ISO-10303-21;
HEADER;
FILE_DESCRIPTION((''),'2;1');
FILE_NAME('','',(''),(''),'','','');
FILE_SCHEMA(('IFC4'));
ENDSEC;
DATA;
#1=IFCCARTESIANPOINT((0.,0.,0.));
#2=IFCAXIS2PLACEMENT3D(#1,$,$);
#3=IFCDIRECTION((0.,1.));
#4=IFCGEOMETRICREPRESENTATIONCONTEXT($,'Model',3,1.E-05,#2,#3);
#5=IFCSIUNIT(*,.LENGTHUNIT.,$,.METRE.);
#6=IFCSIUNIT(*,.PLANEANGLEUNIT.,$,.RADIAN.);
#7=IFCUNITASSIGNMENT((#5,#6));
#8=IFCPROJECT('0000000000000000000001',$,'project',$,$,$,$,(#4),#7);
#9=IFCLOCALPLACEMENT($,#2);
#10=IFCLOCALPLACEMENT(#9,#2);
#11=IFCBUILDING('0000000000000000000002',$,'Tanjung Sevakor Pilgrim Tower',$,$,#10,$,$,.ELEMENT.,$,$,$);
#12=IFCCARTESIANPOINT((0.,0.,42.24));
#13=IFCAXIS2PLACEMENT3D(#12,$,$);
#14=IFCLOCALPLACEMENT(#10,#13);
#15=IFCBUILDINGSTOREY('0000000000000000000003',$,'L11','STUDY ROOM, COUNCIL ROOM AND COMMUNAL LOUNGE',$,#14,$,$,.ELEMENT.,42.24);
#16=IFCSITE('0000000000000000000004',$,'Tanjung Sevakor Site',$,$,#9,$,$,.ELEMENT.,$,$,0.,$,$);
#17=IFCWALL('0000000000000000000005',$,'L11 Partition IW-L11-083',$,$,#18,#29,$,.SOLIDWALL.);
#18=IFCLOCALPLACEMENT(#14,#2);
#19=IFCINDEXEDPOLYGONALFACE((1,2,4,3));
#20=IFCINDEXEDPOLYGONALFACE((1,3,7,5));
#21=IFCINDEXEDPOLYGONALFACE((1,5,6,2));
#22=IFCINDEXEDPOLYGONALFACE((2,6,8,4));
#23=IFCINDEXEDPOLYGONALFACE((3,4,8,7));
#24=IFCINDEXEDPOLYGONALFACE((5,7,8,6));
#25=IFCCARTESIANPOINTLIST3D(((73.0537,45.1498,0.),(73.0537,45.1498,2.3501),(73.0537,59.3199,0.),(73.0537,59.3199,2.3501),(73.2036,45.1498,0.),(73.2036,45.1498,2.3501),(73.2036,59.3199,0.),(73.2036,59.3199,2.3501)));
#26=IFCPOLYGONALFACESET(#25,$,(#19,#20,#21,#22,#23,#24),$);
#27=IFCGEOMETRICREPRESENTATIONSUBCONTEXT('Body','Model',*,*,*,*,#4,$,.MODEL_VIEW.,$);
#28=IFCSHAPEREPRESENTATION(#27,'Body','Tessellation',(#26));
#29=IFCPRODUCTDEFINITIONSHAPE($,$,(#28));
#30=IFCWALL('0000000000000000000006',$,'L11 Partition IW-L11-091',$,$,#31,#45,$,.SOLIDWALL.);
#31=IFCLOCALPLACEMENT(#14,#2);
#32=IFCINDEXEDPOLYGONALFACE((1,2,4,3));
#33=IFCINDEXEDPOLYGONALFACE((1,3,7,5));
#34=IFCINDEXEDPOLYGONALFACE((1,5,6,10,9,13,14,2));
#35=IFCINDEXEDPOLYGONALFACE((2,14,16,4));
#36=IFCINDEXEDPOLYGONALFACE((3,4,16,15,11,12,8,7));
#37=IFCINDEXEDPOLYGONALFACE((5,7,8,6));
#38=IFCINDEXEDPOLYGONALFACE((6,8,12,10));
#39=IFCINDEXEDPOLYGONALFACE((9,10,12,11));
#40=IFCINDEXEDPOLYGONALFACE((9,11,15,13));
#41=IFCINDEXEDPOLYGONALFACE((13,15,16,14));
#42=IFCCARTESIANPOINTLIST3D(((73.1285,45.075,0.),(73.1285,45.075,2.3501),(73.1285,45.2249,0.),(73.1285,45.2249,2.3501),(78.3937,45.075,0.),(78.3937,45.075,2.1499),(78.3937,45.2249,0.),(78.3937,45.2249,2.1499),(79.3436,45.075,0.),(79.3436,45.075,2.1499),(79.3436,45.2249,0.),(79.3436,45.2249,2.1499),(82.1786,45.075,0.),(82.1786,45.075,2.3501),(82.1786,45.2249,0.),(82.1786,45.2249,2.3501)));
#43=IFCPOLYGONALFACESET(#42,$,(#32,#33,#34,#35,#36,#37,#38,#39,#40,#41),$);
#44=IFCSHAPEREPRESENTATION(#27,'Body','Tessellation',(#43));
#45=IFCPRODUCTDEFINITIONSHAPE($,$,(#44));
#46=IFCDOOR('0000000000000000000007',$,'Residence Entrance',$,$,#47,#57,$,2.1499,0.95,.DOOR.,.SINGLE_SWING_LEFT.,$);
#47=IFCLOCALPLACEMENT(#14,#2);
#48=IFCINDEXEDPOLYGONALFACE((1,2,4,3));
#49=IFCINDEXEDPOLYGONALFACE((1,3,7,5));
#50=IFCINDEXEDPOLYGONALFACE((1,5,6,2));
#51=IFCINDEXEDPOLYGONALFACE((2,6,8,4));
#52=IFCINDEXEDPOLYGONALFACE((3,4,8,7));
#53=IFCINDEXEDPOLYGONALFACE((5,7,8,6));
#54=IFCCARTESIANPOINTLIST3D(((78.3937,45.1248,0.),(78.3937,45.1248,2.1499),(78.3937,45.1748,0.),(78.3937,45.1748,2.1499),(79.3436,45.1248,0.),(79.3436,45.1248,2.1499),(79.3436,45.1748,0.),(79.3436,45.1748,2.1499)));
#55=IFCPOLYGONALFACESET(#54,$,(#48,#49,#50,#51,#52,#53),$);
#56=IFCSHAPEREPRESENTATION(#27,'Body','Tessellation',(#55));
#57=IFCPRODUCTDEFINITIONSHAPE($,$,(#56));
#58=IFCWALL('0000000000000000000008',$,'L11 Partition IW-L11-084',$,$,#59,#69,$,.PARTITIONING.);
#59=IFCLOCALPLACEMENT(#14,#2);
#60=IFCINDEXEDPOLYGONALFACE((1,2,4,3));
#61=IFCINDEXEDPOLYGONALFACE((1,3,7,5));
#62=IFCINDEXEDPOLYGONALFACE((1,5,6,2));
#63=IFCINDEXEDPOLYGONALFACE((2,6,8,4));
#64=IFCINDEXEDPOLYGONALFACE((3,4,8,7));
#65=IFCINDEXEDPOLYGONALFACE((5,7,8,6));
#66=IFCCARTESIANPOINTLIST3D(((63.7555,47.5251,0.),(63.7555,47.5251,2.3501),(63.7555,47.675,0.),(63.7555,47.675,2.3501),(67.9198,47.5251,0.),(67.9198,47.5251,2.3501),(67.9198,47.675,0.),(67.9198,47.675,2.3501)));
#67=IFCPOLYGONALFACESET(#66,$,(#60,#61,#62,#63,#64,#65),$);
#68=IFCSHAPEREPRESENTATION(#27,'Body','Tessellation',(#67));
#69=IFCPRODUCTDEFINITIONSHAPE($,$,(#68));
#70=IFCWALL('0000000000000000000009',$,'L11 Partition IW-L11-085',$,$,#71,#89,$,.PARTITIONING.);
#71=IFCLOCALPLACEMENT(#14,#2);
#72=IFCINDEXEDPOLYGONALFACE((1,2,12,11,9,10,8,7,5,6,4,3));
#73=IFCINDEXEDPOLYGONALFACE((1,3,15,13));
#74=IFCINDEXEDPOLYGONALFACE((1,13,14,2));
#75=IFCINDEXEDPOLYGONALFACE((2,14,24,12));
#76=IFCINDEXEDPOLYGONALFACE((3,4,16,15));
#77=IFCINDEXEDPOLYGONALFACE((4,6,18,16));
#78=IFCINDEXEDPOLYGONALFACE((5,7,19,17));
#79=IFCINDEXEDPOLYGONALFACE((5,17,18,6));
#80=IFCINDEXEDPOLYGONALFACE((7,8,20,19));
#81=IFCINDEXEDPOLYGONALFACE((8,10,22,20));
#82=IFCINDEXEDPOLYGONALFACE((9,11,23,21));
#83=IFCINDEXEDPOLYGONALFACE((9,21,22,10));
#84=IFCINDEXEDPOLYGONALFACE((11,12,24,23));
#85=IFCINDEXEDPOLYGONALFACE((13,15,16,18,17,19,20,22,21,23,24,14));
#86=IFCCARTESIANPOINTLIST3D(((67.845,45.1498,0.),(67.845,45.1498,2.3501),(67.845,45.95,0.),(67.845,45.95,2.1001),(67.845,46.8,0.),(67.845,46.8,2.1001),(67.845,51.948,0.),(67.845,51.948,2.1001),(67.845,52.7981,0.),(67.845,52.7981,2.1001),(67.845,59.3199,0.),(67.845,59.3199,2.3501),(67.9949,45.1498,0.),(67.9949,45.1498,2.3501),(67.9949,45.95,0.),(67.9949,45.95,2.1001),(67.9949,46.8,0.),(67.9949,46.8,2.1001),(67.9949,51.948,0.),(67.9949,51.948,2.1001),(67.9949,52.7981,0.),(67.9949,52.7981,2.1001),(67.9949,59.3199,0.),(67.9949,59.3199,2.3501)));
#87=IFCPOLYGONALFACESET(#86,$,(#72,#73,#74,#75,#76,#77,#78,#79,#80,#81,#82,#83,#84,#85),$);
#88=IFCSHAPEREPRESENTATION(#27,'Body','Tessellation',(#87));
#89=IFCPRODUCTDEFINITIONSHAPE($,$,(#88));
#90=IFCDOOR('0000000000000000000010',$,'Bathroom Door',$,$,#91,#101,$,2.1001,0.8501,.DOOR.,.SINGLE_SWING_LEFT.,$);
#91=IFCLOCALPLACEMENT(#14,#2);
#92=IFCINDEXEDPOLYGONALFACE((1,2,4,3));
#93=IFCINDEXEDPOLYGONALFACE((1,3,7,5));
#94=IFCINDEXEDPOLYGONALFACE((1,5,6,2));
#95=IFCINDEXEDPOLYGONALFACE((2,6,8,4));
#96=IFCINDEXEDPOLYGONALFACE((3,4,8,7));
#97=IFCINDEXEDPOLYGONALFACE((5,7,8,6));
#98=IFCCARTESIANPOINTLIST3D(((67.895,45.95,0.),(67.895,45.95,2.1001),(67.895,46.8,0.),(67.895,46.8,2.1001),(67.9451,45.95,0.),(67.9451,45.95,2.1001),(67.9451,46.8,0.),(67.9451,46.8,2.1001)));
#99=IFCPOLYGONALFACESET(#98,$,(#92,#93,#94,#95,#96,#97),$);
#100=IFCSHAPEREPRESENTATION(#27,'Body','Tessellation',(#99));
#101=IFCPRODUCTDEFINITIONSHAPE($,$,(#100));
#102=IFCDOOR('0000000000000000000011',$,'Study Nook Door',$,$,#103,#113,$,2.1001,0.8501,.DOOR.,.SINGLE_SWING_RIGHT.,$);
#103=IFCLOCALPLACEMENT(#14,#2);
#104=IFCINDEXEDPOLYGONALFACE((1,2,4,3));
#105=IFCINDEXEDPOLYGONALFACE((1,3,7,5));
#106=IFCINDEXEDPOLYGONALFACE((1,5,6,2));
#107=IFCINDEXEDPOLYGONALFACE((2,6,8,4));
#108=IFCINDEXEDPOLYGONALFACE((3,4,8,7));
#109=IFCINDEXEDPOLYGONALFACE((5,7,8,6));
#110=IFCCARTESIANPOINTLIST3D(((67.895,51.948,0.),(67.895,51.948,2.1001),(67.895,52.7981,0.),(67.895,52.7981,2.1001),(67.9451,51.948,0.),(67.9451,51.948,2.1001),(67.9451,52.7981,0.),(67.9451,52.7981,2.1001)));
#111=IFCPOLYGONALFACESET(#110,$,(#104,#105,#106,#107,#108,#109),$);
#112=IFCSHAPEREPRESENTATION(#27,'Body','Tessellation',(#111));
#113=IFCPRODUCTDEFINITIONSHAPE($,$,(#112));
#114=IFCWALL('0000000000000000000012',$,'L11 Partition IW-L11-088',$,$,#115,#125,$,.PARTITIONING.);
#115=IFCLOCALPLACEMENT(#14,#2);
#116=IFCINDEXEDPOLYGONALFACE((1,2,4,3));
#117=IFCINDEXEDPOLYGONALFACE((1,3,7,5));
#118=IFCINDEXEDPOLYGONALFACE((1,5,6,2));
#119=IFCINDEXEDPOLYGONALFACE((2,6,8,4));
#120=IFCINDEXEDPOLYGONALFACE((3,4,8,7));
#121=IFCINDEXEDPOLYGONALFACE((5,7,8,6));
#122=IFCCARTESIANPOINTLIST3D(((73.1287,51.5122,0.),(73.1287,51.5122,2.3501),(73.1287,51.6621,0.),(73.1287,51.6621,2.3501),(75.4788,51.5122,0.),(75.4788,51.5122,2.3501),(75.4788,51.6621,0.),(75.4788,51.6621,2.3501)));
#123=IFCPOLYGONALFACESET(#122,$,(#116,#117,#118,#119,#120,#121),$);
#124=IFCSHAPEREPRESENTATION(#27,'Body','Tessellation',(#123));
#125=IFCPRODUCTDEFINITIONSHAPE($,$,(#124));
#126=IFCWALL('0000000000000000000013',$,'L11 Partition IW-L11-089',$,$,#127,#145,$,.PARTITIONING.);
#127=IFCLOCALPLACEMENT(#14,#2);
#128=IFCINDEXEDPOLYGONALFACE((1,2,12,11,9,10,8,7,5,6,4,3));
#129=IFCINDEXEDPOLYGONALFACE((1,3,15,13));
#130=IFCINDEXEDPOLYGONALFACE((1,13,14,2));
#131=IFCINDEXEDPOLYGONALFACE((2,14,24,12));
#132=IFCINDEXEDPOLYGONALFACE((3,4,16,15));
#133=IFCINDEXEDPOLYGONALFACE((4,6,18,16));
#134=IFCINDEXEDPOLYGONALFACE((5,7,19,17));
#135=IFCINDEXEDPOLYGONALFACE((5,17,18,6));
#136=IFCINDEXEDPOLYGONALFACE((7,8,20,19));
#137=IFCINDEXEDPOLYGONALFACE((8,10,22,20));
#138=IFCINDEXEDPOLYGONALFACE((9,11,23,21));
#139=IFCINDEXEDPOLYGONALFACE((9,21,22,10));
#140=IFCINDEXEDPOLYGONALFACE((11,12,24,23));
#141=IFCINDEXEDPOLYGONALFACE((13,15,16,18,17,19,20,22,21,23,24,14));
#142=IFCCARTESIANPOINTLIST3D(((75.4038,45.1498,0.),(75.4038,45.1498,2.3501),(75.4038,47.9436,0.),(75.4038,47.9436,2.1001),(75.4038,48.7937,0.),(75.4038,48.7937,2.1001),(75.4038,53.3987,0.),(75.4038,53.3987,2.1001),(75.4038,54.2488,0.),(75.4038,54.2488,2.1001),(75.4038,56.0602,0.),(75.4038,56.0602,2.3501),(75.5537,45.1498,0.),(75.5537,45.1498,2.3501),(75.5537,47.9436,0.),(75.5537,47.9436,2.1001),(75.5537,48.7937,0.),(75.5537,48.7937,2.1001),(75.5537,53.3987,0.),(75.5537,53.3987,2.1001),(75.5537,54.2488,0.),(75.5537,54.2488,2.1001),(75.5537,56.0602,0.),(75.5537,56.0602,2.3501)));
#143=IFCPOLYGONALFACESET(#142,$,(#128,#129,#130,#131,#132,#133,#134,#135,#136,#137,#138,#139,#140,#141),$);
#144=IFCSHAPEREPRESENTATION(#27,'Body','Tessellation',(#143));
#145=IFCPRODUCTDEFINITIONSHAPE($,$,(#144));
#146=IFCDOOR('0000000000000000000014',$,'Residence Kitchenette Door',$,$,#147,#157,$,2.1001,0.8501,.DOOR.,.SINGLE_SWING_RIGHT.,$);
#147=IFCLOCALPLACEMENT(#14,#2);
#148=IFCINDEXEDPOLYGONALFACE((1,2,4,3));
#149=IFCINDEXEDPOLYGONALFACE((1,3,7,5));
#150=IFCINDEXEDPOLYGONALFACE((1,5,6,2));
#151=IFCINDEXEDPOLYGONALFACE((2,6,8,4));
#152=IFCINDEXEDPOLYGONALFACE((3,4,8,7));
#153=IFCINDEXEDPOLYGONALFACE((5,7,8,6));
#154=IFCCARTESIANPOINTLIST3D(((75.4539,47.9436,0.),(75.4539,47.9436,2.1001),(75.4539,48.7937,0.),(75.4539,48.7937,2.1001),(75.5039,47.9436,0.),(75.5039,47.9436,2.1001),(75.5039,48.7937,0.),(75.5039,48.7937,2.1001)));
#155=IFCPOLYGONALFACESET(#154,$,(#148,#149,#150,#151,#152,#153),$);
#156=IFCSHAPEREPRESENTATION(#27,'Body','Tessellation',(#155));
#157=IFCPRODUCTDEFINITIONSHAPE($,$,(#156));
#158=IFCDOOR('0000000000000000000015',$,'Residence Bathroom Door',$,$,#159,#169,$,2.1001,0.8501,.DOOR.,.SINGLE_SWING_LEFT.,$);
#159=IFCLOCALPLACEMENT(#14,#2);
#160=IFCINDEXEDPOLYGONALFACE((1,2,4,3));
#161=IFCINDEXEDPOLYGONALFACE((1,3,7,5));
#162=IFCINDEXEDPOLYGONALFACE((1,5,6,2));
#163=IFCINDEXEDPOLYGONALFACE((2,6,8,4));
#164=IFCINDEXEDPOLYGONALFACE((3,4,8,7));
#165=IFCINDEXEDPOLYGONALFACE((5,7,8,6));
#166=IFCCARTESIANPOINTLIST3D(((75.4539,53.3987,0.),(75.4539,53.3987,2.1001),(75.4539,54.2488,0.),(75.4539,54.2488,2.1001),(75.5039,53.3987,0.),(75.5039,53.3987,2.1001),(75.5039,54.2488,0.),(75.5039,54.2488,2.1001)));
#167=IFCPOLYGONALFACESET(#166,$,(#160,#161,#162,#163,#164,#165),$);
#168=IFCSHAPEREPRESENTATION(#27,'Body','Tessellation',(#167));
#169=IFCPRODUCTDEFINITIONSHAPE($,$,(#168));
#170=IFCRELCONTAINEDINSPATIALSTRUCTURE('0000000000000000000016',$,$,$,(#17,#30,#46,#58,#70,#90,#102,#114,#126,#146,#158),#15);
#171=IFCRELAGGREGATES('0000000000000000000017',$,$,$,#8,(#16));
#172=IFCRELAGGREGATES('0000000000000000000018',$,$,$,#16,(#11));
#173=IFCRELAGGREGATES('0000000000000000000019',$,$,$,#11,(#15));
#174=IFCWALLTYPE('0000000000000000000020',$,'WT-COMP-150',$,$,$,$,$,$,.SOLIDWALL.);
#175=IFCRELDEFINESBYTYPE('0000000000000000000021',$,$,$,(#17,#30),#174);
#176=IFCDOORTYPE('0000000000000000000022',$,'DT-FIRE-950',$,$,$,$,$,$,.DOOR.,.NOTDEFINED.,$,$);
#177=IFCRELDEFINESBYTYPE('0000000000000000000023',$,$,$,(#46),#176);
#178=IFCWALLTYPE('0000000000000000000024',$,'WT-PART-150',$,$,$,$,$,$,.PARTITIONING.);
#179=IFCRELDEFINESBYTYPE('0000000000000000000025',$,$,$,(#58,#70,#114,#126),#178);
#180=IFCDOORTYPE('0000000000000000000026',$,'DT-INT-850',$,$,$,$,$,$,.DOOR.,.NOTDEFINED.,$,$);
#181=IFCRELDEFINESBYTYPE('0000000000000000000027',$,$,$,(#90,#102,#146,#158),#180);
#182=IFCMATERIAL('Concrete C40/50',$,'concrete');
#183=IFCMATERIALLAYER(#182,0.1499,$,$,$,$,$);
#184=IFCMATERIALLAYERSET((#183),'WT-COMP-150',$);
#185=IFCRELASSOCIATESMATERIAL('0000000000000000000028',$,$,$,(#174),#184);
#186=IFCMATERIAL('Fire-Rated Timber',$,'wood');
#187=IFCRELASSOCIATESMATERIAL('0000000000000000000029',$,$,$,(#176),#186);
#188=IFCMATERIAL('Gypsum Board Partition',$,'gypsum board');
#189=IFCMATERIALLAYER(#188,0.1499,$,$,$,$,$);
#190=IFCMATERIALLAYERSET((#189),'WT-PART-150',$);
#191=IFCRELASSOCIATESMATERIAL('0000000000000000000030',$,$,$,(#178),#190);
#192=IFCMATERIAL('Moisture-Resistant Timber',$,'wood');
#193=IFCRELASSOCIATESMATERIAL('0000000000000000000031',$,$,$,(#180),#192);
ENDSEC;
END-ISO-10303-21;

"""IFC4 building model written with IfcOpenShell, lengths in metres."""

from ifc_helpers import new_model, si_unit, direction, frame, frame_2d, origin, place, context, subcontext, project, spatial, rectangle, extrude, material, layer, layer_set, type_object, element, fill, save


model = new_model("IFC4")

# Units and contexts
model_context = context("Model", 3, precision=1e-05, world=origin(), true_north=direction((0.0, 1.0)))
body_context = subcontext(model_context, "Body", "Model", "MODEL_VIEW")
ifc_project = project(units=[si_unit("LENGTHUNIT", "METRE"), si_unit("PLANEANGLEUNIT", "RADIAN")], contexts=[model_context])

# Site, building, storey
site_placement = place(None, origin())
site = spatial("IfcSite", under=ifc_project, at=site_placement, Name="Tanjung Sevakor Site", CompositionType="ELEMENT", RefElevation=0.0)
building_placement = place(site_placement, origin())
building = spatial("IfcBuilding", under=site, at=building_placement, Name="Tanjung Sevakor Pilgrim Tower", CompositionType="ELEMENT")
storey_placement = place(building_placement, frame((0.0, 0.0, 42.24)))
storey = spatial("IfcBuildingStorey", under=building, at=storey_placement, Name="L11", Description="STUDY ROOM, COUNCIL ROOM AND COMMUNAL LOUNGE", CompositionType="ELEMENT", Elevation=42.24)

# Wall
ifc_material_1 = material(Name="Concrete C40/50", Category="concrete")
ifc_layer_1 = layer(ifc_material_1, 0.1499)
ifc_layer_set_1 = layer_set([ifc_layer_1], Name="WT-COMP-150")
wall_type_1 = type_object("IfcWallType", Name="WT-COMP-150", PredefinedType="SOLIDWALL", material=ifc_layer_set_1)
wall_1_placement = place(storey_placement, frame((73.1287, 45.1499, 0.0), z_axis=(0.0, 0.0, 1.0), x_axis=(0.0, 1.0, 0.0)))
element("IfcWall", 1, at=wall_1_placement, inside=storey, type_object=wall_type_1, Name="L11 Partition IW-L11-083", PredefinedType="SOLIDWALL", context=body_context, shape_type="SweptSolid", body=[
    extrude(rectangle(XDim=14.1702, YDim=0.1499, at=frame_2d((7.085, 0.0))), origin(), (0.0, 0.0, 1.0), 2.3501),
])

# Wall, opening, door
wall_2_placement = place(storey_placement, frame((73.1287, 45.1499, 0.0), z_axis=(0.0, 0.0, 1.0), x_axis=(1.0, 0.0, 0.0)))
wall_2 = element("IfcWall", 2, at=wall_2_placement, inside=storey, type_object=wall_type_1, Name="L11 Partition IW-L11-091", PredefinedType="SOLIDWALL", context=body_context, shape_type="SweptSolid", body=[
    extrude(rectangle(XDim=9.05, YDim=0.1499, at=frame_2d((4.5249, 0.0))), origin(), (0.0, 0.0, 1.0), 2.3501),
])
opening_1_placement = place(wall_2_placement, frame((5.2649, 0.0, 0.0)))
opening_1 = element("IfcOpeningElement", 3, at=opening_1_placement, cuts=wall_2, PredefinedType="OPENING", context=body_context, shape_type="SweptSolid", body=[
    extrude(rectangle(XDim=0.95, YDim=2.1499, at=frame_2d((0.4751, 1.075))), frame((0.0, 0.085, 0.0), z_axis=(0.0, -1.0, 0.0), x_axis=(1.0, 0.0, 0.0)), (0.0, 0.0, 1.0), 0.1699),
])
ifc_material_2 = material(Name="Fire-Rated Timber", Category="wood")
door_type_1 = type_object("IfcDoorType", Name="DT-FIRE-950", OperationType="NOTDEFINED", PredefinedType="DOOR", material=ifc_material_2)
door_1_placement = place(opening_1_placement, origin())
door_1 = element("IfcDoor", 4, at=door_1_placement, inside=storey, type_object=door_type_1, Name="Residence Entrance", OperationType="SINGLE_SWING_LEFT", OverallHeight=2.1499, OverallWidth=0.95, PredefinedType="DOOR", context=body_context, shape_type="SweptSolid", body=[
    extrude(rectangle(XDim=0.95, YDim=2.1499, at=frame_2d((0.4751, 1.075))), frame((0.0, 0.0249, 0.0), z_axis=(0.0, -1.0, 0.0), x_axis=(1.0, 0.0, 0.0)), (0.0, 0.0, 1.0), 0.05),
])
fill(opening_1, door_1)

# Wall
ifc_material_3 = material(Name="Gypsum Board Partition", Category="gypsum board")
ifc_layer_2 = layer(ifc_material_3, 0.1499)
ifc_layer_set_2 = layer_set([ifc_layer_2], Name="WT-PART-150")
wall_type_2 = type_object("IfcWallType", Name="WT-PART-150", PredefinedType="PARTITIONING", material=ifc_layer_set_2)
wall_3_placement = place(storey_placement, frame((63.7556, 47.6001, 0.0), z_axis=(0.0, 0.0, 1.0), x_axis=(1.0, 0.0, 0.0)))
element("IfcWall", 5, at=wall_3_placement, inside=storey, type_object=wall_type_2, Name="L11 Partition IW-L11-084", PredefinedType="PARTITIONING", context=body_context, shape_type="SweptSolid", body=[
    extrude(rectangle(XDim=4.1643, YDim=0.1499, at=frame_2d((2.082, 0.0))), origin(), (0.0, 0.0, 1.0), 2.3501),
])

# Wall, openings, doors
wall_4_placement = place(storey_placement, frame((67.9199, 45.1499, 0.0), z_axis=(0.0, 0.0, 1.0), x_axis=(0.0, 1.0, 0.0)))
wall_4 = element("IfcWall", 6, at=wall_4_placement, inside=storey, type_object=wall_type_2, Name="L11 Partition IW-L11-085", PredefinedType="PARTITIONING", context=body_context, shape_type="SweptSolid", body=[
    extrude(rectangle(XDim=14.1702, YDim=0.1499, at=frame_2d((7.085, 0.0))), origin(), (0.0, 0.0, 1.0), 2.3501),
])
opening_2_placement = place(wall_4_placement, frame((0.8, 0.0, 0.0)))
opening_2 = element("IfcOpeningElement", 7, at=opening_2_placement, cuts=wall_4, PredefinedType="OPENING", context=body_context, shape_type="SweptSolid", body=[
    extrude(rectangle(XDim=0.8501, YDim=2.1001, at=frame_2d((0.425, 1.05))), frame((0.0, 0.085, 0.0), z_axis=(0.0, -1.0, 0.0), x_axis=(1.0, 0.0, 0.0)), (0.0, 0.0, 1.0), 0.1699),
])
opening_3_placement = place(wall_4_placement, frame((6.7981, 0.0, 0.0)))
opening_3 = element("IfcOpeningElement", 8, at=opening_3_placement, cuts=wall_4, PredefinedType="OPENING", context=body_context, shape_type="SweptSolid", body=[
    extrude(rectangle(XDim=0.8501, YDim=2.1001, at=frame_2d((0.425, 1.05))), frame((0.0, 0.085, 0.0), z_axis=(0.0, -1.0, 0.0), x_axis=(1.0, 0.0, 0.0)), (0.0, 0.0, 1.0), 0.1699),
])
ifc_material_4 = material(Name="Moisture-Resistant Timber", Category="wood")
door_type_2 = type_object("IfcDoorType", Name="DT-INT-850", OperationType="NOTDEFINED", PredefinedType="DOOR", material=ifc_material_4)
door_2_placement = place(opening_2_placement, origin())
door_2 = element("IfcDoor", 9, at=door_2_placement, inside=storey, type_object=door_type_2, Name="Bathroom Door", OperationType="SINGLE_SWING_LEFT", OverallHeight=2.1001, OverallWidth=0.8501, PredefinedType="DOOR", context=body_context, shape_type="SweptSolid", body=[
    extrude(rectangle(XDim=0.8501, YDim=2.1001, at=frame_2d((0.425, 1.05))), frame((0.0, 0.0249, 0.0), z_axis=(0.0, -1.0, 0.0), x_axis=(1.0, 0.0, 0.0)), (0.0, 0.0, 1.0), 0.05),
])
fill(opening_2, door_2)
door_3_placement = place(opening_3_placement, origin())
door_3 = element("IfcDoor", 10, at=door_3_placement, inside=storey, type_object=door_type_2, Name="Study Nook Door", OperationType="SINGLE_SWING_RIGHT", OverallHeight=2.1001, OverallWidth=0.8501, PredefinedType="DOOR", context=body_context, shape_type="SweptSolid", body=[
    extrude(rectangle(XDim=0.8501, YDim=2.1001, at=frame_2d((0.425, 1.05))), frame((0.0, 0.0249, 0.0), z_axis=(0.0, -1.0, 0.0), x_axis=(1.0, 0.0, 0.0)), (0.0, 0.0, 1.0), 0.05),
])
fill(opening_3, door_3)

# Wall
wall_5_placement = place(storey_placement, frame((73.1287, 51.5872, 0.0), z_axis=(0.0, 0.0, 1.0), x_axis=(1.0, 0.0, 0.0)))
element("IfcWall", 11, at=wall_5_placement, inside=storey, type_object=wall_type_2, Name="L11 Partition IW-L11-088", PredefinedType="PARTITIONING", context=body_context, shape_type="SweptSolid", body=[
    extrude(rectangle(XDim=2.3501, YDim=0.1499, at=frame_2d((1.175, 0.0))), origin(), (0.0, 0.0, 1.0), 2.3501),
])

# Wall, openings, doors
wall_6_placement = place(storey_placement, frame((75.4788, 45.1499, 0.0), z_axis=(0.0, 0.0, 1.0), x_axis=(0.0, 1.0, 0.0)))
wall_6 = element("IfcWall", 12, at=wall_6_placement, inside=storey, type_object=wall_type_2, Name="L11 Partition IW-L11-089", PredefinedType="PARTITIONING", context=body_context, shape_type="SweptSolid", body=[
    extrude(rectangle(XDim=10.9104, YDim=0.1499, at=frame_2d((5.4551, 0.0))), origin(), (0.0, 0.0, 1.0), 2.3501),
])
opening_4_placement = place(wall_6_placement, frame((2.7937, 0.0, 0.0)))
opening_4 = element("IfcOpeningElement", 13, at=opening_4_placement, cuts=wall_6, PredefinedType="OPENING", context=body_context, shape_type="SweptSolid", body=[
    extrude(rectangle(XDim=0.8501, YDim=2.1001, at=frame_2d((0.425, 1.05))), frame((0.0, 0.085, 0.0), z_axis=(0.0, -1.0, 0.0), x_axis=(1.0, 0.0, 0.0)), (0.0, 0.0, 1.0), 0.1699),
])
opening_5_placement = place(wall_6_placement, frame((8.2488, 0.0, 0.0)))
opening_5 = element("IfcOpeningElement", 14, at=opening_5_placement, cuts=wall_6, PredefinedType="OPENING", context=body_context, shape_type="SweptSolid", body=[
    extrude(rectangle(XDim=0.8501, YDim=2.1001, at=frame_2d((0.425, 1.05))), frame((0.0, 0.085, 0.0), z_axis=(0.0, -1.0, 0.0), x_axis=(1.0, 0.0, 0.0)), (0.0, 0.0, 1.0), 0.1699),
])
door_4_placement = place(opening_4_placement, origin())
door_4 = element("IfcDoor", 15, at=door_4_placement, inside=storey, type_object=door_type_2, Name="Residence Kitchenette Door", OperationType="SINGLE_SWING_RIGHT", OverallHeight=2.1001, OverallWidth=0.8501, PredefinedType="DOOR", context=body_context, shape_type="SweptSolid", body=[
    extrude(rectangle(XDim=0.8501, YDim=2.1001, at=frame_2d((0.425, 1.05))), frame((0.0, 0.0249, 0.0), z_axis=(0.0, -1.0, 0.0), x_axis=(1.0, 0.0, 0.0)), (0.0, 0.0, 1.0), 0.05),
])
fill(opening_4, door_4)
door_5_placement = place(opening_5_placement, origin())
door_5 = element("IfcDoor", 16, at=door_5_placement, inside=storey, type_object=door_type_2, Name="Residence Bathroom Door", OperationType="SINGLE_SWING_LEFT", OverallHeight=2.1001, OverallWidth=0.8501, PredefinedType="DOOR", context=body_context, shape_type="SweptSolid", body=[
    extrude(rectangle(XDim=0.8501, YDim=2.1001, at=frame_2d((0.425, 1.05))), frame((0.0, 0.0249, 0.0), z_axis=(0.0, -1.0, 0.0), x_axis=(1.0, 0.0, 0.0)), (0.0, 0.0, 1.0), 0.05),
])
fill(opening_5, door_5)

save(model, "model.ifc")
